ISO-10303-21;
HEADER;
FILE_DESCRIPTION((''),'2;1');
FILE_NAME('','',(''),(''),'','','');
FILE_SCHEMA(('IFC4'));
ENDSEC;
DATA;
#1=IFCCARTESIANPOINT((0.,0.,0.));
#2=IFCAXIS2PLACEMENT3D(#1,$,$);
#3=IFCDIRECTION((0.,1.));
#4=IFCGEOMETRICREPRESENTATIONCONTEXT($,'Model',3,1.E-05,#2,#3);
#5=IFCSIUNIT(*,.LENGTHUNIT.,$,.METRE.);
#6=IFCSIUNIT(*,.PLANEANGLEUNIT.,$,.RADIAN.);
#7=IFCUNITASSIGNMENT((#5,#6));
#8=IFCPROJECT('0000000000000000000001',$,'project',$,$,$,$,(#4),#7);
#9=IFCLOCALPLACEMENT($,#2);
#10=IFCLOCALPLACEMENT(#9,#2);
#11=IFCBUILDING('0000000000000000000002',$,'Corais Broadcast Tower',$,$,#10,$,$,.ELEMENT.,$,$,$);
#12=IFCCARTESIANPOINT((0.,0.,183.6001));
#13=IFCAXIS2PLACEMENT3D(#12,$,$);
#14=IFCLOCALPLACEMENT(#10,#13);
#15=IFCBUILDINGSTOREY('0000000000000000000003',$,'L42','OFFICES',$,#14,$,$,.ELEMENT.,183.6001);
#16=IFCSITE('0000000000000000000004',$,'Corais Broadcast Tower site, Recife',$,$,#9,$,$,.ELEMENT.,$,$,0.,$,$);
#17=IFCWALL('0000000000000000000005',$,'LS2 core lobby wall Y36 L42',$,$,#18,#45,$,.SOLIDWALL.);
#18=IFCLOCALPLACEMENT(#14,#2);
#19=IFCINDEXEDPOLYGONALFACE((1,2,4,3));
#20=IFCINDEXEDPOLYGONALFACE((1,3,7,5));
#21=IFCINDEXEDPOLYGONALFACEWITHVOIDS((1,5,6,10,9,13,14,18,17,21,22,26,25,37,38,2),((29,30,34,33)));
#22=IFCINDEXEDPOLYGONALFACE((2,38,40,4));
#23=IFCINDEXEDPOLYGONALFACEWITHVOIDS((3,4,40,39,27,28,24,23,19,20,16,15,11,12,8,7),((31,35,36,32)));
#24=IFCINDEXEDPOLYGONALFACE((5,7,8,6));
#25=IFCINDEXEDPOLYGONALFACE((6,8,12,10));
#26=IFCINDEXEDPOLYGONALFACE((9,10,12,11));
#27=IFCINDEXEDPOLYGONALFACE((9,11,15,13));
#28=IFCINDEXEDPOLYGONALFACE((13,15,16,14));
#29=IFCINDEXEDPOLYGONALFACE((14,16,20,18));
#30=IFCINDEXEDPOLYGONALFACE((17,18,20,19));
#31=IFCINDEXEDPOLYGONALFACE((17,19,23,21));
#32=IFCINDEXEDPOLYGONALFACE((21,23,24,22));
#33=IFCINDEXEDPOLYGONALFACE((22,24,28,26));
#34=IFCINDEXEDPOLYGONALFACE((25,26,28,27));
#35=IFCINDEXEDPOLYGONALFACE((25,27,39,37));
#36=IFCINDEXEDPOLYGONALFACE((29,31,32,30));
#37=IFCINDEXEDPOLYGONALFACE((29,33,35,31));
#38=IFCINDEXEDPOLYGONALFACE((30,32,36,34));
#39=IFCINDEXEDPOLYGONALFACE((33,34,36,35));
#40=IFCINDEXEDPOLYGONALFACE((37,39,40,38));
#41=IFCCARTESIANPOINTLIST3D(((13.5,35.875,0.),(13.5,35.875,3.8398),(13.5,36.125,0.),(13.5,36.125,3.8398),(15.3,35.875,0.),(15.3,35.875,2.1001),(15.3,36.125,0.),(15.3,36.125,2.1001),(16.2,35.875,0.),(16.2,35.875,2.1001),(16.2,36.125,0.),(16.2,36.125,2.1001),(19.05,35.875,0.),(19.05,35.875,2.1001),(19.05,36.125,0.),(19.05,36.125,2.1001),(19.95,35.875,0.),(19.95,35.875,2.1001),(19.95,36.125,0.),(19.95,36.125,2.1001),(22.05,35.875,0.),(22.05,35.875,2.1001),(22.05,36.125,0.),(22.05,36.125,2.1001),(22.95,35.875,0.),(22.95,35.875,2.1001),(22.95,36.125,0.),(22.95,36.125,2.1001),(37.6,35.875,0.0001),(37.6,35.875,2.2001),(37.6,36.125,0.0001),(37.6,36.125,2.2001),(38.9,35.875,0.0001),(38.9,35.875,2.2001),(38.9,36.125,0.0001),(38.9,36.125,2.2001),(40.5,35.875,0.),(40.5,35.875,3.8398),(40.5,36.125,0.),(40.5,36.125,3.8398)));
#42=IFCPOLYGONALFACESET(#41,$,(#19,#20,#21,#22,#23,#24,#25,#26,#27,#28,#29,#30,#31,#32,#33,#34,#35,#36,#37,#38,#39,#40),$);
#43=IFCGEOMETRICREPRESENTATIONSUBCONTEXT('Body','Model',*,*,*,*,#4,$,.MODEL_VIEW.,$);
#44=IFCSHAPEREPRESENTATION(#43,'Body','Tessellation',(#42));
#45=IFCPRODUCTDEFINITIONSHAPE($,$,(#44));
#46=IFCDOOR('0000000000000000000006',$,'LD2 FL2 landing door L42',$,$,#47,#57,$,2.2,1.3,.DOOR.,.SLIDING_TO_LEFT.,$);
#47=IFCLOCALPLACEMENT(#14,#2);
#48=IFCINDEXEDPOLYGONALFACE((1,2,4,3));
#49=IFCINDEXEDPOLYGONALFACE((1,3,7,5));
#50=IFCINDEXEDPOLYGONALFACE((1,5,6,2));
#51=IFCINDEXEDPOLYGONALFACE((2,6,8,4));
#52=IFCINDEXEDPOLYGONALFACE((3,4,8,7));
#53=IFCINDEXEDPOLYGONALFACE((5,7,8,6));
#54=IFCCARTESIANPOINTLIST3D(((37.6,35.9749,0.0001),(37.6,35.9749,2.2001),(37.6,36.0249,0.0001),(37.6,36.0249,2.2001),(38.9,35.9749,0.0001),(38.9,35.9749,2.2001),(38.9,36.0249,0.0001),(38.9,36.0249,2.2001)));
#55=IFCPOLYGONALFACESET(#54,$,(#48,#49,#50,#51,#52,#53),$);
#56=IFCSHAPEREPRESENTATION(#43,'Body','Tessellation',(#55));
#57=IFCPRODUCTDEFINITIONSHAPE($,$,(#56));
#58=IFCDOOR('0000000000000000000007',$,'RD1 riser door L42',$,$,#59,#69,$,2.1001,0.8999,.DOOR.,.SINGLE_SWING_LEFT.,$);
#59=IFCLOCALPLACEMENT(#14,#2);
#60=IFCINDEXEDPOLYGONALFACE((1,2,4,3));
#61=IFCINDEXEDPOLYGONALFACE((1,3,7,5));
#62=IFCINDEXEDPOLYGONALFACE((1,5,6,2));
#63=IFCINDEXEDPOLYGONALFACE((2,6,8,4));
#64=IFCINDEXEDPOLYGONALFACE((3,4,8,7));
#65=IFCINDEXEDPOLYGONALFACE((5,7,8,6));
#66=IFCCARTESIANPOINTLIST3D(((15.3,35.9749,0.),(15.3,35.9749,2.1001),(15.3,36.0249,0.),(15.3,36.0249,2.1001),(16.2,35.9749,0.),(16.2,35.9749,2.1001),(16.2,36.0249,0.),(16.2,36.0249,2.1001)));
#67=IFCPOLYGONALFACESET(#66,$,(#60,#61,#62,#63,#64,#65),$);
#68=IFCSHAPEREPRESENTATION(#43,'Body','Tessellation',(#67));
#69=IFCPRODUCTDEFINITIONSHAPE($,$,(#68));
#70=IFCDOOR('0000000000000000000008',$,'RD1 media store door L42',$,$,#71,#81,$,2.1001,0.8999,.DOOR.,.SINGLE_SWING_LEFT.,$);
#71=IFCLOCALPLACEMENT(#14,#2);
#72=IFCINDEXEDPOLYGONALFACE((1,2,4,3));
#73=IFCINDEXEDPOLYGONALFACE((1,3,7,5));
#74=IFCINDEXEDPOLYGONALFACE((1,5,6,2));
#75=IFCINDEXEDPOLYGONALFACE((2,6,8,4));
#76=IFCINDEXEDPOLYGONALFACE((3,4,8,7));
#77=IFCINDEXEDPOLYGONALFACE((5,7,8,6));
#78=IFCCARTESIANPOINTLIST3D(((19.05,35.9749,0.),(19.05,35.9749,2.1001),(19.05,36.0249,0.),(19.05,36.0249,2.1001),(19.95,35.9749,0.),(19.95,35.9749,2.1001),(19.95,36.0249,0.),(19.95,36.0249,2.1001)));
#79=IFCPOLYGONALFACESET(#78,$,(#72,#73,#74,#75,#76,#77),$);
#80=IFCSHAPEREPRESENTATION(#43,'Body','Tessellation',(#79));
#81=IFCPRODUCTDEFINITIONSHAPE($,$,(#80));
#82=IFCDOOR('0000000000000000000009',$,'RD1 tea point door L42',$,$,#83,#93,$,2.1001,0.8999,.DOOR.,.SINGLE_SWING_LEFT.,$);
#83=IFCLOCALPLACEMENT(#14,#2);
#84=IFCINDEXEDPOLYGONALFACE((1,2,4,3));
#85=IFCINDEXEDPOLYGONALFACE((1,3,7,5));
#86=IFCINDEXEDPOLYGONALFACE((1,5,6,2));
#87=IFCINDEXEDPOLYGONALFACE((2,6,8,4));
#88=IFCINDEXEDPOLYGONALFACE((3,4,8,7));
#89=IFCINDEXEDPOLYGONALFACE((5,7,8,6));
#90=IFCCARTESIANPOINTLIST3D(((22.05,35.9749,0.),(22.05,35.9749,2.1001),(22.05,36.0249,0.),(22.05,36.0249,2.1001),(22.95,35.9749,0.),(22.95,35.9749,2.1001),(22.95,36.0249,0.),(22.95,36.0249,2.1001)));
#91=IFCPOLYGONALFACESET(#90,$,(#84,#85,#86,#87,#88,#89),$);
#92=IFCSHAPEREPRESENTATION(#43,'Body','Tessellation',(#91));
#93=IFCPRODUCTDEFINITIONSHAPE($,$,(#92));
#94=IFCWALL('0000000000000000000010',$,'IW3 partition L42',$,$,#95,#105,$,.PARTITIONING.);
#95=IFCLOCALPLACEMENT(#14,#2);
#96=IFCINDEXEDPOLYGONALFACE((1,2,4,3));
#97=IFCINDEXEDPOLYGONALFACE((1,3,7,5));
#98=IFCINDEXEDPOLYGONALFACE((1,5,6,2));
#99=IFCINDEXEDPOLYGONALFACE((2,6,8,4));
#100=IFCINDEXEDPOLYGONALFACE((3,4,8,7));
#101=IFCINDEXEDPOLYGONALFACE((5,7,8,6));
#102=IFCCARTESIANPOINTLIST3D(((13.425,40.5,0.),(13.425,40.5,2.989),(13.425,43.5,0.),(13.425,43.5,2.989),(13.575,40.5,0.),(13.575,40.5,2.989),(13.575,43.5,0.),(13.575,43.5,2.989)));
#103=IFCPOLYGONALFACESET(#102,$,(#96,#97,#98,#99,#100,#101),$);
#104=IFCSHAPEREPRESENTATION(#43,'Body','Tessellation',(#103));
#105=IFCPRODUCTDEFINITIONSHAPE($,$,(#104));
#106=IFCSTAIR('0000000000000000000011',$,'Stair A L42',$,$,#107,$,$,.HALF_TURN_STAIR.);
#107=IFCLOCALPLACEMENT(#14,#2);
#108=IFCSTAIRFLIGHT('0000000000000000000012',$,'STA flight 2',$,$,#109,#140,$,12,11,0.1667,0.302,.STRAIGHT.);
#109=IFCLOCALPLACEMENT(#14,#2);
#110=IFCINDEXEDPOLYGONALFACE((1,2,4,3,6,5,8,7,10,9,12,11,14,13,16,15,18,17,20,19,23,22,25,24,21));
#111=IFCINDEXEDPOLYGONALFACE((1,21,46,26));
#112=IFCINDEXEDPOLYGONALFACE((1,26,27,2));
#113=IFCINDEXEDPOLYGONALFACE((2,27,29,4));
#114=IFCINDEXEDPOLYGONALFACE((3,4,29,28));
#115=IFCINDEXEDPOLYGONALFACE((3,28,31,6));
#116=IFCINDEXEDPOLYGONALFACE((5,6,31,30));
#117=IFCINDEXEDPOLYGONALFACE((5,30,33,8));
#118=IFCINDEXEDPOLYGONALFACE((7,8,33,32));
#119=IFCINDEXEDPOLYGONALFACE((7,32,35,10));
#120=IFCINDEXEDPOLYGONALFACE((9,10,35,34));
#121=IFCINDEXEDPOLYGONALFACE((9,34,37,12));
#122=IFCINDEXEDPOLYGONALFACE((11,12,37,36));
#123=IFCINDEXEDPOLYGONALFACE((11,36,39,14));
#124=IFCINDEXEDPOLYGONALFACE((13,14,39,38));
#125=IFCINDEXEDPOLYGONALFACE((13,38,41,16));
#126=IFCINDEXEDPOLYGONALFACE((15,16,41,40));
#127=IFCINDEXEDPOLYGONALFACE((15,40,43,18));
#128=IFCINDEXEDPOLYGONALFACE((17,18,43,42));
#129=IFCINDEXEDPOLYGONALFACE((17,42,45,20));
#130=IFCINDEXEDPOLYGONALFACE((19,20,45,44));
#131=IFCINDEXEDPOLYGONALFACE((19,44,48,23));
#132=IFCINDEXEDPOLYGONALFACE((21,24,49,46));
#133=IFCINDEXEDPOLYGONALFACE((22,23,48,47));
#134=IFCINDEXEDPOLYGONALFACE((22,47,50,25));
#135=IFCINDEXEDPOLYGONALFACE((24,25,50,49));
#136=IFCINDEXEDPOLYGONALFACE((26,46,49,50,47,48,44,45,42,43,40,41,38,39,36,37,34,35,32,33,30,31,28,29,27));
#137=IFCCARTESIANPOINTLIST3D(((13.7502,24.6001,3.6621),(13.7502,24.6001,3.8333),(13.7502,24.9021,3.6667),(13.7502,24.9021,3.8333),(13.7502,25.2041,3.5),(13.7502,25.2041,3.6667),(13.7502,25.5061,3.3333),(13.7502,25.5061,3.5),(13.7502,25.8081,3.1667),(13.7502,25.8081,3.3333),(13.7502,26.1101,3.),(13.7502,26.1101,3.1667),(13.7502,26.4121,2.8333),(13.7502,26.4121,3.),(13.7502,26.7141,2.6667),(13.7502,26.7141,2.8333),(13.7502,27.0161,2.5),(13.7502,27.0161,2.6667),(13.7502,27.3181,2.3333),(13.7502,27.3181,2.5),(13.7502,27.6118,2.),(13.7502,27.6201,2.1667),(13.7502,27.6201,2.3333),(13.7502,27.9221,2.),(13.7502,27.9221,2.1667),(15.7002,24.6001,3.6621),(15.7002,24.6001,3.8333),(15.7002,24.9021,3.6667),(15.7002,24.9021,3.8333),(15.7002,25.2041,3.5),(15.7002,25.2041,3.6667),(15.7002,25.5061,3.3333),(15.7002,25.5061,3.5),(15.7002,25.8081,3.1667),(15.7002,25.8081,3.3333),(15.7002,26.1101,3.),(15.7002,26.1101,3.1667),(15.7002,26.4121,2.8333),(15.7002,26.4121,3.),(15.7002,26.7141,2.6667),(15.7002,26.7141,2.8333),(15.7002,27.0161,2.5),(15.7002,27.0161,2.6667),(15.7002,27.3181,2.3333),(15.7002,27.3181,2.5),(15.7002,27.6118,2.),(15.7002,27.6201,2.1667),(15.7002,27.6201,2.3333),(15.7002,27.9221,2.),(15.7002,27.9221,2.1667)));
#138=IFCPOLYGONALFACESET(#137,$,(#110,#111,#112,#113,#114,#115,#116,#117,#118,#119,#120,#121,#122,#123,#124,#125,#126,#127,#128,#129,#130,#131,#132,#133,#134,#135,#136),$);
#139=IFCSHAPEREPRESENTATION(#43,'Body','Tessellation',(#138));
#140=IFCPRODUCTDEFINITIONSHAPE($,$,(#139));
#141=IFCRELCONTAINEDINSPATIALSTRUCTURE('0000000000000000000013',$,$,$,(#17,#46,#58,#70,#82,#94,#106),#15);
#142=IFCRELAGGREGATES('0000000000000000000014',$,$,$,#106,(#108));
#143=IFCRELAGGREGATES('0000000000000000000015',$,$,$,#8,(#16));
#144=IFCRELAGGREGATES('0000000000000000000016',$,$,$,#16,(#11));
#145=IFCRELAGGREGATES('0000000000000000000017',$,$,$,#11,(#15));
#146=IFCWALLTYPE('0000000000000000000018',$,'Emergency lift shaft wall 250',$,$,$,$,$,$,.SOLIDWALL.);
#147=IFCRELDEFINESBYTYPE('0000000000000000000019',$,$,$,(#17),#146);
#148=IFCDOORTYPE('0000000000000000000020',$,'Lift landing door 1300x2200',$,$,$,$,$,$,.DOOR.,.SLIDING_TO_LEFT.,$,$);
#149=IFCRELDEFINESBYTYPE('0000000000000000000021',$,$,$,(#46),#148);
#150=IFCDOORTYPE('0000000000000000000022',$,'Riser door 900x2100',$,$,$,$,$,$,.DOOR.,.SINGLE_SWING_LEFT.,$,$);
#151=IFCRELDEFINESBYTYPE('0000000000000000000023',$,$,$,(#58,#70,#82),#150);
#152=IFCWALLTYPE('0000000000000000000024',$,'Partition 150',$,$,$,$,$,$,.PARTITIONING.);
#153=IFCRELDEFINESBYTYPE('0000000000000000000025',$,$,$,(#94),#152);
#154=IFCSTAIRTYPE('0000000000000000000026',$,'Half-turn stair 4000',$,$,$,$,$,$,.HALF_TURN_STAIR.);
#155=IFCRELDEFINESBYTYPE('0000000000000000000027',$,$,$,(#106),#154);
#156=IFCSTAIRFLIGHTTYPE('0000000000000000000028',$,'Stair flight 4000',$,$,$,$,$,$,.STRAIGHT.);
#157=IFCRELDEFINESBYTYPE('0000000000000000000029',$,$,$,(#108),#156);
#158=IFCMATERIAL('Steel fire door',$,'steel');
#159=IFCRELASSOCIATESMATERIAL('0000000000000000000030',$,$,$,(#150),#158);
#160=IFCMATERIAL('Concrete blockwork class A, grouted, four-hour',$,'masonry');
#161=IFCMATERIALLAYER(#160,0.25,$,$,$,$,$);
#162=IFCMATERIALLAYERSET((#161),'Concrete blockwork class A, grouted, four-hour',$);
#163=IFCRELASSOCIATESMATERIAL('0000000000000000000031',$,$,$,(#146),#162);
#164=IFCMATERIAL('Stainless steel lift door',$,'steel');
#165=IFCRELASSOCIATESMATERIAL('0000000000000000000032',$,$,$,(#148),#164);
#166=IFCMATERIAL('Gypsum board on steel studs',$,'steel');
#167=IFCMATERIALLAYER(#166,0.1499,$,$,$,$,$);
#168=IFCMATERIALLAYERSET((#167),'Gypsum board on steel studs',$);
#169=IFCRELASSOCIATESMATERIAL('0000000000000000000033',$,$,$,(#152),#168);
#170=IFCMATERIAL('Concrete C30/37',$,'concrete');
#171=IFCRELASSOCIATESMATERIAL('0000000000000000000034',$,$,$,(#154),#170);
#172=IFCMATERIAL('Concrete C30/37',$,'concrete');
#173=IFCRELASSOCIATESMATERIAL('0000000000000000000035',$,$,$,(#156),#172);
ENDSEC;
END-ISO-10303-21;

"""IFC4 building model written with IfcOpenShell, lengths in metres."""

from ifc_helpers import new_model, si_unit, direction, frame, frame_2d, origin, place, context, subcontext, project, spatial, polyline, rectangle, outline, extrude, material, layer, layer_set, type_object, element, fill, aggregate, save


model = new_model("IFC4")

# Units and contexts
model_context = context("Model", 3, precision=1e-05, world=origin(), true_north=direction((0.0, 1.0)))
body_context = subcontext(model_context, "Body", "Model", "MODEL_VIEW")
ifc_project = project(units=[si_unit("LENGTHUNIT", "METRE"), si_unit("PLANEANGLEUNIT", "RADIAN")], contexts=[model_context])

# Site, building, storey
site_placement = place(None, origin())
site = spatial("IfcSite", under=ifc_project, at=site_placement, Name="Corais Broadcast Tower site, Recife", CompositionType="ELEMENT", RefElevation=0.0)
building_placement = place(site_placement, origin())
building = spatial("IfcBuilding", under=site, at=building_placement, Name="Corais Broadcast Tower", CompositionType="ELEMENT")
storey_placement = place(building_placement, frame((0.0, 0.0, 183.6001)))
storey = spatial("IfcBuildingStorey", under=building, at=storey_placement, Name="L42", Description="OFFICES", CompositionType="ELEMENT", Elevation=183.6001)

# Wall, openings, doors
ifc_material_1 = material(Name="Steel fire door", Category="steel")
door_type_1 = type_object("IfcDoorType", Name="Riser door 900x2100", OperationType="SINGLE_SWING_LEFT", PredefinedType="DOOR", material=ifc_material_1)
ifc_material_2 = material(Name="Concrete blockwork class A, grouted, four-hour", Category="masonry")
ifc_layer_1 = layer(ifc_material_2, 0.25)
ifc_layer_set_1 = layer_set([ifc_layer_1], Name="Concrete blockwork class A, grouted, four-hour")
wall_type_1 = type_object("IfcWallType", Name="Emergency lift shaft wall 250", PredefinedType="SOLIDWALL", material=ifc_layer_set_1)
wall_1_placement = place(storey_placement, frame((13.5, 36.0, 0.0), z_axis=(0.0, 0.0, 1.0), x_axis=(1.0, 0.0, 0.0)))
wall_1 = element("IfcWall", 1, at=wall_1_placement, inside=storey, type_object=wall_type_1, Name="LS2 core lobby wall Y36 L42", PredefinedType="SOLIDWALL", context=body_context, shape_type="SweptSolid", body=[
    extrude(rectangle(XDim=27.0, YDim=0.25, at=frame_2d((13.5, 0.0))), origin(), (0.0, 0.0, 1.0), 3.8398),
])
opening_1_placement = place(wall_1_placement, frame((1.8, 0.0, 0.0)))
opening_1 = element("IfcOpeningElement", 2, at=opening_1_placement, cuts=wall_1, PredefinedType="OPENING", context=body_context, shape_type="SweptSolid", body=[
    extrude(rectangle(XDim=0.8999, YDim=2.1001, at=frame_2d((0.45, 1.05))), frame((0.0, 0.135, 0.0), z_axis=(0.0, -1.0, 0.0), x_axis=(1.0, 0.0, 0.0)), (0.0, 0.0, 1.0), 0.27),
])
opening_2_placement = place(wall_1_placement, frame((5.55, 0.0, 0.0)))
opening_2 = element("IfcOpeningElement", 3, at=opening_2_placement, cuts=wall_1, PredefinedType="OPENING", context=body_context, shape_type="SweptSolid", body=[
    extrude(rectangle(XDim=0.8999, YDim=2.1001, at=frame_2d((0.45, 1.05))), frame((0.0, 0.135, 0.0), z_axis=(0.0, -1.0, 0.0), x_axis=(1.0, 0.0, 0.0)), (0.0, 0.0, 1.0), 0.27),
])
opening_3_placement = place(wall_1_placement, frame((8.55, 0.0, 0.0)))
opening_3 = element("IfcOpeningElement", 4, at=opening_3_placement, cuts=wall_1, PredefinedType="OPENING", context=body_context, shape_type="SweptSolid", body=[
    extrude(rectangle(XDim=0.8999, YDim=2.1001, at=frame_2d((0.45, 1.05))), frame((0.0, 0.135, 0.0), z_axis=(0.0, -1.0, 0.0), x_axis=(1.0, 0.0, 0.0)), (0.0, 0.0, 1.0), 0.27),
])
opening_4_placement = place(wall_1_placement, frame((24.1001, 0.0, 0.0)))
opening_4 = element("IfcOpeningElement", 5, at=opening_4_placement, cuts=wall_1, PredefinedType="OPENING", context=body_context, shape_type="SweptSolid", body=[
    extrude(rectangle(XDim=1.3, YDim=2.2, at=frame_2d((0.6499, 1.1001))), frame((0.0, 0.135, 0.0), z_axis=(0.0, -1.0, 0.0), x_axis=(1.0, 0.0, 0.0)), (0.0, 0.0, 1.0), 0.27),
])
ifc_material_3 = material(Name="Stainless steel lift door", Category="steel")
door_type_2 = type_object("IfcDoorType", Name="Lift landing door 1300x2200", OperationType="SLIDING_TO_LEFT", PredefinedType="DOOR", material=ifc_material_3)
door_1_placement = place(opening_4_placement, origin())
door_1 = element("IfcDoor", 6, at=door_1_placement, inside=storey, type_object=door_type_2, Name="LD2 FL2 landing door L42", OperationType="SLIDING_TO_LEFT", OverallHeight=2.2, OverallWidth=1.3, PredefinedType="DOOR", context=body_context, shape_type="SweptSolid", body=[
    extrude(rectangle(XDim=1.3, YDim=2.2, at=frame_2d((0.6499, 1.1001))), frame((0.0, 0.0249, 0.0), z_axis=(0.0, -1.0, 0.0), x_axis=(1.0, 0.0, 0.0)), (0.0, 0.0, 1.0), 0.05),
])
fill(opening_4, door_1)
door_2_placement = place(opening_1_placement, origin())
door_2 = element("IfcDoor", 7, at=door_2_placement, inside=storey, type_object=door_type_1, Name="RD1 riser door L42", OperationType="SINGLE_SWING_LEFT", OverallHeight=2.1001, OverallWidth=0.8999, PredefinedType="DOOR", context=body_context, shape_type="SweptSolid", body=[
    extrude(rectangle(XDim=0.8999, YDim=2.1001, at=frame_2d((0.45, 1.05))), frame((0.0, 0.0249, 0.0), z_axis=(0.0, -1.0, 0.0), x_axis=(1.0, 0.0, 0.0)), (0.0, 0.0, 1.0), 0.05),
])
fill(opening_1, door_2)
door_3_placement = place(opening_2_placement, origin())
door_3 = element("IfcDoor", 8, at=door_3_placement, inside=storey, type_object=door_type_1, Name="RD1 media store door L42", OperationType="SINGLE_SWING_LEFT", OverallHeight=2.1001, OverallWidth=0.8999, PredefinedType="DOOR", context=body_context, shape_type="SweptSolid", body=[
    extrude(rectangle(XDim=0.8999, YDim=2.1001, at=frame_2d((0.45, 1.05))), frame((0.0, 0.0249, 0.0), z_axis=(0.0, -1.0, 0.0), x_axis=(1.0, 0.0, 0.0)), (0.0, 0.0, 1.0), 0.05),
])
fill(opening_2, door_3)
door_4_placement = place(opening_3_placement, origin())
door_4 = element("IfcDoor", 9, at=door_4_placement, inside=storey, type_object=door_type_1, Name="RD1 tea point door L42", OperationType="SINGLE_SWING_LEFT", OverallHeight=2.1001, OverallWidth=0.8999, PredefinedType="DOOR", context=body_context, shape_type="SweptSolid", body=[
    extrude(rectangle(XDim=0.8999, YDim=2.1001, at=frame_2d((0.45, 1.05))), frame((0.0, 0.0249, 0.0), z_axis=(0.0, -1.0, 0.0), x_axis=(1.0, 0.0, 0.0)), (0.0, 0.0, 1.0), 0.05),
])
fill(opening_3, door_4)

# Wall
ifc_material_4 = material(Name="Gypsum board on steel studs", Category="steel")
ifc_layer_2 = layer(ifc_material_4, 0.1499)
ifc_layer_set_2 = layer_set([ifc_layer_2], Name="Gypsum board on steel studs")
wall_type_2 = type_object("IfcWallType", Name="Partition 150", PredefinedType="PARTITIONING", material=ifc_layer_set_2)
wall_2_placement = place(storey_placement, frame((13.5, 43.5, 0.0), z_axis=(0.0, 0.0, 1.0), x_axis=(0.0, -1.0, 0.0)))
element("IfcWall", 10, at=wall_2_placement, inside=storey, type_object=wall_type_2, Name="IW3 partition L42", PredefinedType="PARTITIONING", context=body_context, shape_type="SweptSolid", body=[
    extrude(rectangle(XDim=3.0, YDim=0.1499, at=frame_2d((1.5, 0.0))), origin(), (0.0, 0.0, 1.0), 2.989),
])

# Stair, stair flight
ifc_material_5 = material(Name="Concrete C30/37", Category="concrete")
stair_type = type_object("IfcStairType", Name="Half-turn stair 4000", PredefinedType="HALF_TURN_STAIR", material=ifc_material_5)
stair_placement = place(storey_placement, origin())
stair = element("IfcStair", 11, at=stair_placement, inside=storey, type_object=stair_type, Name="Stair A L42", PredefinedType="HALF_TURN_STAIR")
ifc_material_6 = material(Name="Concrete C30/37", Category="concrete")
stair_flight_type = type_object("IfcStairFlightType", Name="Stair flight 4000", PredefinedType="STRAIGHT", material=ifc_material_6)
stair_flight_placement = place(storey_placement, frame((14.7251, 27.9221, 2.0), z_axis=(0.0, 0.0, 1.0), x_axis=(0.0, -1.0, 0.0)))
stair_flight = element("IfcStairFlight", 12, at=stair_flight_placement, type_object=stair_flight_type, Name="STA flight 2", NumberOfRisers=12, NumberOfTreads=11, PredefinedType="STRAIGHT", RiserHeight=0.1667, TreadLength=0.302, context=body_context, shape_type="SweptSolid", body=[
    extrude(outline(polyline([(0.0, 0.0), (0.0, 0.1667), (0.302, 0.1667), (0.302, 0.3333), (0.604, 0.3333), (0.604, 0.5), (0.906, 0.5), (0.906, 0.6667), (1.208, 0.6667), (1.208, 0.8333), (1.51, 0.8333), (1.51, 1.0), (1.812, 1.0), (1.812, 1.1667), (2.114, 1.1667), (2.114, 1.3333), (2.416, 1.3333), (2.416, 1.5), (2.718, 1.5), (2.718, 1.6667), (3.02, 1.6667), (3.02, 1.8333), (3.322, 1.8333), (3.322, 2.0), (3.322, 1.6621), (0.3103, 0.0), (0.0, 0.0)])), frame((0.0, 0.9751, 0.0), z_axis=(0.0, -1.0, 0.0), x_axis=(1.0, 0.0, 0.0)), (0.0, 0.0, 1.0), 1.95),
])
aggregate(stair, [stair_flight])

save(model, "model.ifc")
